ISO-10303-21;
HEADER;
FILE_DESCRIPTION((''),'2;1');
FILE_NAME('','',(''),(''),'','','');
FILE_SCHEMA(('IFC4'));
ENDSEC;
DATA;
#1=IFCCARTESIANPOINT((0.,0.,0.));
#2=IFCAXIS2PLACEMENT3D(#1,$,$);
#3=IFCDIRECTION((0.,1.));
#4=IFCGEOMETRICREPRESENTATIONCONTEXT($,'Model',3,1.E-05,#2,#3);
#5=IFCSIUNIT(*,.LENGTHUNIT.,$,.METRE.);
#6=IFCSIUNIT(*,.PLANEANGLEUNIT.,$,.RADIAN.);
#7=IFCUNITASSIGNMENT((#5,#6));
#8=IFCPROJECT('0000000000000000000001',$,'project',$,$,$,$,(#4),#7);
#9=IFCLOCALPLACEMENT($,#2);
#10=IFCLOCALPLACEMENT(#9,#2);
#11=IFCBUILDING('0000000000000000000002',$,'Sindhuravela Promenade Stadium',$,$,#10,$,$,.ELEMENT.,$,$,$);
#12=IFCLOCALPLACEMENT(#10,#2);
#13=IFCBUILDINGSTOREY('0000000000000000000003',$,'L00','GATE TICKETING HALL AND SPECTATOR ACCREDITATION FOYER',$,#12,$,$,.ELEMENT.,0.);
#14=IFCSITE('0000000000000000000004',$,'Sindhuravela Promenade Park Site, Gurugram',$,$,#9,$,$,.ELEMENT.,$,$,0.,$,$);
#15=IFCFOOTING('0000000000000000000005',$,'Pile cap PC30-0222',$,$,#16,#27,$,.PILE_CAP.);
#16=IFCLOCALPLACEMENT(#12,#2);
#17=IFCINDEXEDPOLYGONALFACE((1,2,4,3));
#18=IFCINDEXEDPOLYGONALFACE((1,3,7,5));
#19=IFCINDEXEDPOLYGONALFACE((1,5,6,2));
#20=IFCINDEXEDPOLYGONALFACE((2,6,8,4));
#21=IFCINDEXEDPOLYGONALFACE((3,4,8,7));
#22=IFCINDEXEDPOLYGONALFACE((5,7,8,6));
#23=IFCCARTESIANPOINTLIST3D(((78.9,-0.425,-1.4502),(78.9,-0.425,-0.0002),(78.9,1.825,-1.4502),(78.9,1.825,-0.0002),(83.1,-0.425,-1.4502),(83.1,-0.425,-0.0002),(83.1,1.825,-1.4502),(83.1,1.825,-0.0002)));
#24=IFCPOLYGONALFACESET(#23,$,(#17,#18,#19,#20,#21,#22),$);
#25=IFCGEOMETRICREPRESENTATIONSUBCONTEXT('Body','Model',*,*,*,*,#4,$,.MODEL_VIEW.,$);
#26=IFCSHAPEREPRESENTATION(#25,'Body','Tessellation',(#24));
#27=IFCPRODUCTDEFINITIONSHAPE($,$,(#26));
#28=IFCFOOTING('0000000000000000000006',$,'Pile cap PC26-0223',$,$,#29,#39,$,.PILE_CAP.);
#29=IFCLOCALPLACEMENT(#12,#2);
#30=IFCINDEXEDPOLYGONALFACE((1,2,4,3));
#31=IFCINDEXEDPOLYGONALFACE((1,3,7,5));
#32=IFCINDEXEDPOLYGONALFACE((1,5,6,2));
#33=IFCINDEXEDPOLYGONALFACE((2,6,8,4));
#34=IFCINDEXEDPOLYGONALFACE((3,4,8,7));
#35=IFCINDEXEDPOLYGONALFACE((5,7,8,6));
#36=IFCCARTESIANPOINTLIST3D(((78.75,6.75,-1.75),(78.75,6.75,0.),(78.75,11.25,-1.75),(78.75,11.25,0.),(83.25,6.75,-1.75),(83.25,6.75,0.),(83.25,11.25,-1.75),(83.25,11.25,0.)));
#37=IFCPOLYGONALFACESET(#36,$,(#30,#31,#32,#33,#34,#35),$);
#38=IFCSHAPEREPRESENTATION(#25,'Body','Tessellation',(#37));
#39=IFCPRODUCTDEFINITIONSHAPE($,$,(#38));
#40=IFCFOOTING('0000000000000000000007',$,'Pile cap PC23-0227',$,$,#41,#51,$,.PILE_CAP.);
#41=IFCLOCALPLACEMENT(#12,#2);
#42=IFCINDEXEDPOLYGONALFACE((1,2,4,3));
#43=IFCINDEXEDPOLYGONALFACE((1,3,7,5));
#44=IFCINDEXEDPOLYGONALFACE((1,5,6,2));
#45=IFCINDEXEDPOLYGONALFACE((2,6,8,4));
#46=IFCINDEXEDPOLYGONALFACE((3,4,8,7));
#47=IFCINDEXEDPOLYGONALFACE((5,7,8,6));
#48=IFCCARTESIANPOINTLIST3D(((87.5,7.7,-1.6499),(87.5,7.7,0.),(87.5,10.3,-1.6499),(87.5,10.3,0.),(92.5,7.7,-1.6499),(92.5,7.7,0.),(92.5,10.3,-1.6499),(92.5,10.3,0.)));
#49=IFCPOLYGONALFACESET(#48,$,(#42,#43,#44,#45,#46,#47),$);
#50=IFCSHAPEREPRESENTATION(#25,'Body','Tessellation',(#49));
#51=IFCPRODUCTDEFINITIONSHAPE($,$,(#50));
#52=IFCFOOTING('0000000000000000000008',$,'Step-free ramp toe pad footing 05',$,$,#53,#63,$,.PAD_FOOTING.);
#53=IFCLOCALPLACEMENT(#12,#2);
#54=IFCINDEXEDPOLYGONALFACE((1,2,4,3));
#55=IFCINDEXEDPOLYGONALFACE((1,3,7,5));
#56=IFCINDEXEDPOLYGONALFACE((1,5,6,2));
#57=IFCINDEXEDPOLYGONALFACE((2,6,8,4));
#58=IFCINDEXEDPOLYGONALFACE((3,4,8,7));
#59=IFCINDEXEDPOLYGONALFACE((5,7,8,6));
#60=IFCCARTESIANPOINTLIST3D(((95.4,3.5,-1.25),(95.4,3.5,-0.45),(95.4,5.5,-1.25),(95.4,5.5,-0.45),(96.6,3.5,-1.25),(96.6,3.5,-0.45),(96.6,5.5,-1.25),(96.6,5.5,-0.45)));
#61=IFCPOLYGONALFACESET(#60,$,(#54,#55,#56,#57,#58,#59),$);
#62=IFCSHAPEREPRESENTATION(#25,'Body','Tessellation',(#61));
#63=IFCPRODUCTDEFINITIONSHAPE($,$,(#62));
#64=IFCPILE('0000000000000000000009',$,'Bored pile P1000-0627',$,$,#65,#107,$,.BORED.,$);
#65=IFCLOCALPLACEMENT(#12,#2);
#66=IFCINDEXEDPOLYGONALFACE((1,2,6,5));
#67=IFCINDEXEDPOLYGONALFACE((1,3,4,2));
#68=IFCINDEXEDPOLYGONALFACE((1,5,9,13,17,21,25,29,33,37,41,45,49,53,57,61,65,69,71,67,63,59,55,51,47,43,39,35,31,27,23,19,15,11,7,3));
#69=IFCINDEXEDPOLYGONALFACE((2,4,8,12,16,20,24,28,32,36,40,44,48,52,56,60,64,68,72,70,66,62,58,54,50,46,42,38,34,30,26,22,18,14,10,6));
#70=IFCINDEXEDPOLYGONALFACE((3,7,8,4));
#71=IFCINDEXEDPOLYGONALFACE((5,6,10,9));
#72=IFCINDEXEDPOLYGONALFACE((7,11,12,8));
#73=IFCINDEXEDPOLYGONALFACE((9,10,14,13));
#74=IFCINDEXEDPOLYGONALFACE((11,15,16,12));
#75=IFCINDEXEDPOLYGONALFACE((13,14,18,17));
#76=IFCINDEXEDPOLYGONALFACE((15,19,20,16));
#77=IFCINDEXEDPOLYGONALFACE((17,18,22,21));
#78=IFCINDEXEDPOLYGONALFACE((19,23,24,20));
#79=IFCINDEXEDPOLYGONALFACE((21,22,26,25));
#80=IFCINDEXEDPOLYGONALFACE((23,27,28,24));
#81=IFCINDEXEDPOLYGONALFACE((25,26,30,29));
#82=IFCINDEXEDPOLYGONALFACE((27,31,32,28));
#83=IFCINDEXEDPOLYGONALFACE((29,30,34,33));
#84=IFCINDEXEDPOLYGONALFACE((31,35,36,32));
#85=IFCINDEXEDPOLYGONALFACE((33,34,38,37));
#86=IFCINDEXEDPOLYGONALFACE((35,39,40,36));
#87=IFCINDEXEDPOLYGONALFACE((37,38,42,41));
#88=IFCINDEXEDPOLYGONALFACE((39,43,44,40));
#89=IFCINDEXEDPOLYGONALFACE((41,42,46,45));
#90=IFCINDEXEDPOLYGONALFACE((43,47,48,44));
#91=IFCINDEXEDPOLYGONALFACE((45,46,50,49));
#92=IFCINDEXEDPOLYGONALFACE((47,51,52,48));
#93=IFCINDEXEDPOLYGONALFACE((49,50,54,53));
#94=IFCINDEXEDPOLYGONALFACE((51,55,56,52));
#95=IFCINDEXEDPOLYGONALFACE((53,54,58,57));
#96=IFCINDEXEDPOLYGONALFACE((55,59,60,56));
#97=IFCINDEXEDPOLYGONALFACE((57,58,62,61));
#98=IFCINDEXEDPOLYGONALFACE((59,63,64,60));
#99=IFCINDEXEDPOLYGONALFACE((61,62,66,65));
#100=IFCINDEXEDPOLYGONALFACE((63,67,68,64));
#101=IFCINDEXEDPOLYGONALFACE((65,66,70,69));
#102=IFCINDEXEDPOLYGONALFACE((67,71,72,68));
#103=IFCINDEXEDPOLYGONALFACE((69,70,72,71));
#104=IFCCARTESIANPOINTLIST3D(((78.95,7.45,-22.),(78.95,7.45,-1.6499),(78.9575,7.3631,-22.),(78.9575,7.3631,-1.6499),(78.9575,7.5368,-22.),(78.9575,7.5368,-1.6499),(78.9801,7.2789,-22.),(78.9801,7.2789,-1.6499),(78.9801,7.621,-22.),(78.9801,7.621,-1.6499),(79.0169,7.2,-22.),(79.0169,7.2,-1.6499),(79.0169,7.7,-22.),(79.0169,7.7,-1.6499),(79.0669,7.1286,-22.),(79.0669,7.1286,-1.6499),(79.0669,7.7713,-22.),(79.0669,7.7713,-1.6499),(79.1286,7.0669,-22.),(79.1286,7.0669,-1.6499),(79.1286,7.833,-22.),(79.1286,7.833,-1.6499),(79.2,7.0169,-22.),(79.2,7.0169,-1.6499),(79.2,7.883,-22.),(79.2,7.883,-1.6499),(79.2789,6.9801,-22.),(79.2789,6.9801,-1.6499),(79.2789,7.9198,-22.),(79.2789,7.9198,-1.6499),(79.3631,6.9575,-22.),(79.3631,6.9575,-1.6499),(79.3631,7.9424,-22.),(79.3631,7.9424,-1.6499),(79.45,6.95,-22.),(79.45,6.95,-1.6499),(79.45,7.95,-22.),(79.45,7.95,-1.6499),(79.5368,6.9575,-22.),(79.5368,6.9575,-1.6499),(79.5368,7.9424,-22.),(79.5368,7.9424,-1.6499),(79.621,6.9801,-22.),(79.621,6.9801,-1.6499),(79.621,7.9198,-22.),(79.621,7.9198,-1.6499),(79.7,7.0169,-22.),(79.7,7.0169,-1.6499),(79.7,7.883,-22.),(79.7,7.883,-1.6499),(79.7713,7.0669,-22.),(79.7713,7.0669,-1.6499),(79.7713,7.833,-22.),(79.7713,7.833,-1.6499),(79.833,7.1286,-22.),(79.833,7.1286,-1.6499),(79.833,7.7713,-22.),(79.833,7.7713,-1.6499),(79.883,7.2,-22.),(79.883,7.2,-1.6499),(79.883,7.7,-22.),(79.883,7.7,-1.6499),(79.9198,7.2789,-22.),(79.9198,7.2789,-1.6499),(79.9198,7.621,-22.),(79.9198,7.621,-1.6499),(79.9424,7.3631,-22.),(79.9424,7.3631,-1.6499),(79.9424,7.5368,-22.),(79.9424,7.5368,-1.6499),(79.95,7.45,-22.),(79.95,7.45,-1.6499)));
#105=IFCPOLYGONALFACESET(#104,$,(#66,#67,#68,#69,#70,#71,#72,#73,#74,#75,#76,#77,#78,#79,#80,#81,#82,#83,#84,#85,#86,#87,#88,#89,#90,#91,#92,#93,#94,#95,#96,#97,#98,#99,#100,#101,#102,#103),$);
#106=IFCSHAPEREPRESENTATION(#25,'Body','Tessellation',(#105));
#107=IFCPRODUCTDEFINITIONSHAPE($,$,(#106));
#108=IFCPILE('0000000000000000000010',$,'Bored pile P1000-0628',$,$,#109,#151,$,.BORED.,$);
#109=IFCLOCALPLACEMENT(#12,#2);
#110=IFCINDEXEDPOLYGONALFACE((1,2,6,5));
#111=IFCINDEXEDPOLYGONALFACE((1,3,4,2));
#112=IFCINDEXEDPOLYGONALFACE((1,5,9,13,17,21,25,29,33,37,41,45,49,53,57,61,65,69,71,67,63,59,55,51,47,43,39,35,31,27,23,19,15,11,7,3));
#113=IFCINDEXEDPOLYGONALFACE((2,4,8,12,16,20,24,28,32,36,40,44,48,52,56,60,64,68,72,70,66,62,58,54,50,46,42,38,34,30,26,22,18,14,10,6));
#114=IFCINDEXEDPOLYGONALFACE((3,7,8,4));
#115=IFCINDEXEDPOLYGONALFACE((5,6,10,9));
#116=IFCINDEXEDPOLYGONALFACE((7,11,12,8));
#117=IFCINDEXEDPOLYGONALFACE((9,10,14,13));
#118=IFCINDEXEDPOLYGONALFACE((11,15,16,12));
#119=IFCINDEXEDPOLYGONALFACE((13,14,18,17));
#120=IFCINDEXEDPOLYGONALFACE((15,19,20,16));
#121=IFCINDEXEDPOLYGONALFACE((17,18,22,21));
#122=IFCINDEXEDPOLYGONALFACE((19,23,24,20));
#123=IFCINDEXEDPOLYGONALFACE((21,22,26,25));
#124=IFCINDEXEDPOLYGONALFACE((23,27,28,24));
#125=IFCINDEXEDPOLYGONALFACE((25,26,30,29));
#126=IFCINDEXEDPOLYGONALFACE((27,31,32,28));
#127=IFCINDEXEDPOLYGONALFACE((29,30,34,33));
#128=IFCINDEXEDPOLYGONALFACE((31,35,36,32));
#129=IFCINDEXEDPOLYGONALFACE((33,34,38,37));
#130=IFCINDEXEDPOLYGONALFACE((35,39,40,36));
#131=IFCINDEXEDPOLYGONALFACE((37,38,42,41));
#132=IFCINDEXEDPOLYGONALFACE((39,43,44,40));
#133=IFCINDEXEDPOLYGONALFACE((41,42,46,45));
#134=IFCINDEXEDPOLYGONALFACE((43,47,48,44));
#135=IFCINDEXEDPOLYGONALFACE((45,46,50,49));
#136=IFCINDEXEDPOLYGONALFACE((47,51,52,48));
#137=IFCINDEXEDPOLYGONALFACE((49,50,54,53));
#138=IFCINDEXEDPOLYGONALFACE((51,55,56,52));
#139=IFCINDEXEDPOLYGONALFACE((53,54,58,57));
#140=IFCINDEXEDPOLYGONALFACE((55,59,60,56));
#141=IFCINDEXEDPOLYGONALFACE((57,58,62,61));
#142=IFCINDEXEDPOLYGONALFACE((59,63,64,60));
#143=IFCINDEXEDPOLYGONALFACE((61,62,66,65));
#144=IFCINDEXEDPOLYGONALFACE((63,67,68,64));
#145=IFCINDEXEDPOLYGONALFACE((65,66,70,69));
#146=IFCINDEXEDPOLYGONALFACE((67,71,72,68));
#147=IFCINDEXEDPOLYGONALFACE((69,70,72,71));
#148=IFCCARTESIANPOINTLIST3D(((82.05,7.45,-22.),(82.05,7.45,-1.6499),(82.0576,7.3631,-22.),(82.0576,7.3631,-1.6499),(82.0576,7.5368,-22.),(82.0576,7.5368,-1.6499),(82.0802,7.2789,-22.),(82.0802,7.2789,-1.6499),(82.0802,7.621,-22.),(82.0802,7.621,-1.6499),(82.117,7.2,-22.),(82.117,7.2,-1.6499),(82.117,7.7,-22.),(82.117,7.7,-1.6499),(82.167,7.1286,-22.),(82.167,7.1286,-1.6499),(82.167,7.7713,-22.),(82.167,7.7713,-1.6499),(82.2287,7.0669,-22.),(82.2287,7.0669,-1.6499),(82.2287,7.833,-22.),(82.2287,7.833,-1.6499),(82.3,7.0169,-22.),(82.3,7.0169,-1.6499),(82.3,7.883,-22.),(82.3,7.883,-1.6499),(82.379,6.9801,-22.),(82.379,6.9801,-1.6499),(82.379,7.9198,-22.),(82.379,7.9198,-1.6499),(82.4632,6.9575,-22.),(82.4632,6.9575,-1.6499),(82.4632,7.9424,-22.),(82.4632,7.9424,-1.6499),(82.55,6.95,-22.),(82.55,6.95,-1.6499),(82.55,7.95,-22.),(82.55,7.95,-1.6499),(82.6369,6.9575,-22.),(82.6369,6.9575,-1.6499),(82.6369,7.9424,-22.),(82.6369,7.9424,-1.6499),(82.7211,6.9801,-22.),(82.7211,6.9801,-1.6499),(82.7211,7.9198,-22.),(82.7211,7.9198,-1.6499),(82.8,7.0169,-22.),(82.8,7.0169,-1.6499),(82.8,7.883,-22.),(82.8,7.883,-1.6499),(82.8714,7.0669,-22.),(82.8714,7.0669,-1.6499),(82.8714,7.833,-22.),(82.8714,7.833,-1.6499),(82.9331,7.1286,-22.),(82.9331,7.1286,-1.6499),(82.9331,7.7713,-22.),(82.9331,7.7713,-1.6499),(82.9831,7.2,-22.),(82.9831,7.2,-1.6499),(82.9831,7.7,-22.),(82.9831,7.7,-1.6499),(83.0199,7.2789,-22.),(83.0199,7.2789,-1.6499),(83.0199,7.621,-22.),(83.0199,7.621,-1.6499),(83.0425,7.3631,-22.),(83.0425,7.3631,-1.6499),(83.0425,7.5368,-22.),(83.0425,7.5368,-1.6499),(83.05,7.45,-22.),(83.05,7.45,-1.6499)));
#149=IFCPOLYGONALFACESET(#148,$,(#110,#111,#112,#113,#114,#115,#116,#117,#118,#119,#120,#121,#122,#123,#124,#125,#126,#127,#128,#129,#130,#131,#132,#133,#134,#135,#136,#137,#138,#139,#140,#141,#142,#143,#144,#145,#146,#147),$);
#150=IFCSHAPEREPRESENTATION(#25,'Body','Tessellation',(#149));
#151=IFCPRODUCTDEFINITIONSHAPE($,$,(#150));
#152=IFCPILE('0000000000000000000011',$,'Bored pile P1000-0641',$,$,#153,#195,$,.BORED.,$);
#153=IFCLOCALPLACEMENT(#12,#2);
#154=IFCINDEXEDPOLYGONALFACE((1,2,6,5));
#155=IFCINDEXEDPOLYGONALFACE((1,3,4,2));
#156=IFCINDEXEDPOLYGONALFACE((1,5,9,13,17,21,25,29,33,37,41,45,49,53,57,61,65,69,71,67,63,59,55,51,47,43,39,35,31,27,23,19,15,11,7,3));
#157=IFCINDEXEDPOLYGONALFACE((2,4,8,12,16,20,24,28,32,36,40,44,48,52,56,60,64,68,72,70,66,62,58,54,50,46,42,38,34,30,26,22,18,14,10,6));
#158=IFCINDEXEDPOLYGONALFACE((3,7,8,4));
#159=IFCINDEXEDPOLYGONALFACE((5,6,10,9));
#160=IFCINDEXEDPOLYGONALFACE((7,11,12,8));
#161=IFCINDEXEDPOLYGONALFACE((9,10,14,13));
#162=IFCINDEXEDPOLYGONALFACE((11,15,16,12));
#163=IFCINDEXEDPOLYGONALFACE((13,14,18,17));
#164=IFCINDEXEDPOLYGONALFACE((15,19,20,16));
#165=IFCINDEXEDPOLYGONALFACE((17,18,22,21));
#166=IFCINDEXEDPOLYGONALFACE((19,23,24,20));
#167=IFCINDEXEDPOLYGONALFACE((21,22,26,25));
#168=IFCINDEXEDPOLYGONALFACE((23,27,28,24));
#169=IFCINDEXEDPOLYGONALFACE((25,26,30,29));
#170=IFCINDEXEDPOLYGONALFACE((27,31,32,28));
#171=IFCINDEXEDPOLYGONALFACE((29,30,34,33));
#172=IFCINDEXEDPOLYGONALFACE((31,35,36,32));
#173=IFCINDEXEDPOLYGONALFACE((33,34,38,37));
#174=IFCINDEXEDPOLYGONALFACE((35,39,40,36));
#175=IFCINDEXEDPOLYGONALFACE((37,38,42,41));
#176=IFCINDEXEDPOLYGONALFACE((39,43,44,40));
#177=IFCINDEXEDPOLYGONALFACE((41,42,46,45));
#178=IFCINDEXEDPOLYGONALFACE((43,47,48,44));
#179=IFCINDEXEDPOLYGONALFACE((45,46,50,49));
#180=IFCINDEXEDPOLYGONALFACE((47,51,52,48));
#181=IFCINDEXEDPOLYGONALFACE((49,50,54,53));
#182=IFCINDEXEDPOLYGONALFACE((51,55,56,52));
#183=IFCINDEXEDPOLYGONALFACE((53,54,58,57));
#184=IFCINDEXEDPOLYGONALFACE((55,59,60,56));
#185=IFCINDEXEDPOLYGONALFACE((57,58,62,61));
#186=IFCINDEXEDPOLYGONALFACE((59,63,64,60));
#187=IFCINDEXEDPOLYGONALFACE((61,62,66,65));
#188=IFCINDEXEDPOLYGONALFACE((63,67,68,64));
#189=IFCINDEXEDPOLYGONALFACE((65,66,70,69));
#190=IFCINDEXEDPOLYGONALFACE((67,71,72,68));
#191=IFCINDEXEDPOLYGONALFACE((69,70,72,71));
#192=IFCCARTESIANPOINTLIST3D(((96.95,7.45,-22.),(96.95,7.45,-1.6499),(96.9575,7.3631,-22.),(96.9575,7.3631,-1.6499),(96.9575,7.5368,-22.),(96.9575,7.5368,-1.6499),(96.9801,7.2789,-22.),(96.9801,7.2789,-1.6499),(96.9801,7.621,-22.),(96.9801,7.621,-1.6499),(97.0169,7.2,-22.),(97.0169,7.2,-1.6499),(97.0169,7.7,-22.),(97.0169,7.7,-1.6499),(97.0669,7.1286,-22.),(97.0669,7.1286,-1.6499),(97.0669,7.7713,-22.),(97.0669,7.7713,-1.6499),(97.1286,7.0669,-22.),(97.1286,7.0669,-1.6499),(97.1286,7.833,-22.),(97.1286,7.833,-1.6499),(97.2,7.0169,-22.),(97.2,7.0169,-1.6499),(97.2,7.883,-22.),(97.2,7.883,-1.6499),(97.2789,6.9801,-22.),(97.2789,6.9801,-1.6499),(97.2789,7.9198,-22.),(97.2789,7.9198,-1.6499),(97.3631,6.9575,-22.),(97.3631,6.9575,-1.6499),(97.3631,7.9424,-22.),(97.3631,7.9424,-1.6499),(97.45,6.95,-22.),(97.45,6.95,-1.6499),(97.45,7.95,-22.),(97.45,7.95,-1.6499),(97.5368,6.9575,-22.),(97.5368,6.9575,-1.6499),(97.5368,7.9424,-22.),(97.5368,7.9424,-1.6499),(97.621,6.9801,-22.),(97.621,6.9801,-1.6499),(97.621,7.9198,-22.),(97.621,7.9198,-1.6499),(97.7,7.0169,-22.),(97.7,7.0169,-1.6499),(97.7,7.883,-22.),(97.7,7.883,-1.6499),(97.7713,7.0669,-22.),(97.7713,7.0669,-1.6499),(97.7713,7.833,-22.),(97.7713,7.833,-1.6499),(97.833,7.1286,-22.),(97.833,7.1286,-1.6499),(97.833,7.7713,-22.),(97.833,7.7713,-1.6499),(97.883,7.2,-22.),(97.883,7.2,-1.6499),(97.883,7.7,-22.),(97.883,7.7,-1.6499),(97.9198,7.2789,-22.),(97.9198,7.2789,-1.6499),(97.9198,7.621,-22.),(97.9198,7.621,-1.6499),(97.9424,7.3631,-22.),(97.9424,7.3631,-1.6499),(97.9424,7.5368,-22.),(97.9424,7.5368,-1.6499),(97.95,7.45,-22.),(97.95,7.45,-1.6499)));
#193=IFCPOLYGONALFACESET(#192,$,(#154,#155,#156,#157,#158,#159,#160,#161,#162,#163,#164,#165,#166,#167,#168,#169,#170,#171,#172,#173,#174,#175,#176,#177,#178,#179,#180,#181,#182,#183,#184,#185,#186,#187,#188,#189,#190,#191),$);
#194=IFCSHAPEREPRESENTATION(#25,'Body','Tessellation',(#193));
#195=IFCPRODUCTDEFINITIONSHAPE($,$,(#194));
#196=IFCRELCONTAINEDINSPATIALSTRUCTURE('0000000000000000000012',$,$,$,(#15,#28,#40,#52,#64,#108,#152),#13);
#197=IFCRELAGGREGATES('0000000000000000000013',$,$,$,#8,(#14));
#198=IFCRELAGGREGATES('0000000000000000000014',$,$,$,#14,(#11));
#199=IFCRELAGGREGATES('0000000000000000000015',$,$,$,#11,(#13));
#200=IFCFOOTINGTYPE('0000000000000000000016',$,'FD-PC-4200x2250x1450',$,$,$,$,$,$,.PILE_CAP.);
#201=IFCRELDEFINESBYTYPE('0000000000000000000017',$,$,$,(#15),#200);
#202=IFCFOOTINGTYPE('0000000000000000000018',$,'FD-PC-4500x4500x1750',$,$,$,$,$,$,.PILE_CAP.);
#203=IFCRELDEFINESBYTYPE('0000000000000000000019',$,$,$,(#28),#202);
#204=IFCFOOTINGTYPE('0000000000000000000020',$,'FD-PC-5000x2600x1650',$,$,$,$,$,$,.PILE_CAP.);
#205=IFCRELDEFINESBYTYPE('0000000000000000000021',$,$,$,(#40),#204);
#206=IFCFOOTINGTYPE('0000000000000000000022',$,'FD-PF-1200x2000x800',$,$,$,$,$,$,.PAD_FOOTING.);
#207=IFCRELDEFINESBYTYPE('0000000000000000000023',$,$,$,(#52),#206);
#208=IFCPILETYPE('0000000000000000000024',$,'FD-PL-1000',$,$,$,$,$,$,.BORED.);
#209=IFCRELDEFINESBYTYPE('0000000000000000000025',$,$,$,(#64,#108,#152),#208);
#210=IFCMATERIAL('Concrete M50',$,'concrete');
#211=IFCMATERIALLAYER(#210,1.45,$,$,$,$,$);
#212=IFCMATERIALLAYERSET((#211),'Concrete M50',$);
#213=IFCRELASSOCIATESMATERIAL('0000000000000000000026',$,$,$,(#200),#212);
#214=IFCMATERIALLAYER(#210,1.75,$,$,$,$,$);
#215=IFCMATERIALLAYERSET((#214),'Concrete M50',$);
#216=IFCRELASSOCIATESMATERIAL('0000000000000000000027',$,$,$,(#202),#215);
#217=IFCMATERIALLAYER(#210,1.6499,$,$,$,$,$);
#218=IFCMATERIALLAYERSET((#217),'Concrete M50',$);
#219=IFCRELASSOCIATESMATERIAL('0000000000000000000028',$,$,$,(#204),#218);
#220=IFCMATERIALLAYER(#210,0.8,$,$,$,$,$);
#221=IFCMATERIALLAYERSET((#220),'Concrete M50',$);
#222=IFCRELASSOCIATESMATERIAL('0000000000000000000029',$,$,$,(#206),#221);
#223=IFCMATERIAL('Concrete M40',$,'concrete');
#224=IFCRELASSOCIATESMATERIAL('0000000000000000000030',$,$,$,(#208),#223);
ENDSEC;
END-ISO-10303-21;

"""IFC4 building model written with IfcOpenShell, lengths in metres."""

from ifc_helpers import new_model, si_unit, direction, frame, origin, origin_2d, place, context, subcontext, project, spatial, rectangle, circle, extrude, material, layer, layer_set, material_profile, profile_set, type_object, element, save


model = new_model("IFC4")

# Units and contexts
model_context = context("Model", 3, precision=1e-05, world=origin(), true_north=direction((0.0, 1.0)))
body_context = subcontext(model_context, "Body", "Model", "MODEL_VIEW")
ifc_project = project(units=[si_unit("LENGTHUNIT", "METRE"), si_unit("PLANEANGLEUNIT", "RADIAN")], contexts=[model_context])

# Site, building, storey
site_placement = place(None, origin())
site = spatial("IfcSite", under=ifc_project, at=site_placement, Name="Sindhuravela Promenade Park Site, Gurugram", CompositionType="ELEMENT", RefElevation=0.0)
building_placement = place(site_placement, origin())
building = spatial("IfcBuilding", under=site, at=building_placement, Name="Sindhuravela Promenade Stadium", CompositionType="ELEMENT")
storey_placement = place(building_placement, origin())
storey = spatial("IfcBuildingStorey", under=building, at=storey_placement, Name="L00", Description="GATE TICKETING HALL AND SPECTATOR ACCREDITATION FOYER", CompositionType="ELEMENT", Elevation=0.0)

# Footings
ifc_material_1 = material(Name="Concrete M50", Category="concrete")
ifc_layer_1 = layer(ifc_material_1, 1.45)
ifc_layer_set_1 = layer_set([ifc_layer_1], Name="Concrete M50")
footing_type_1 = type_object("IfcFootingType", Name="FD-PC-4200x2250x1450", PredefinedType="PILE_CAP", material=ifc_layer_set_1)
footing_1_placement = place(storey_placement, frame((81.0, 0.7, -1.4502), z_axis=(0.0, 0.0, 1.0), x_axis=(1.0, 0.0, 0.0)))
element("IfcFooting", 1, at=footing_1_placement, inside=storey, type_object=footing_type_1, Name="Pile cap PC30-0222", PredefinedType="PILE_CAP", context=body_context, shape_type="SweptSolid", body=[
    extrude(rectangle(XDim=4.2, YDim=2.25, at=origin_2d()), origin(), (0.0, 0.0, 1.0), 1.45),
])
ifc_layer_2 = layer(ifc_material_1, 1.75)
ifc_layer_set_2 = layer_set([ifc_layer_2], Name="Concrete M50")
footing_type_2 = type_object("IfcFootingType", Name="FD-PC-4500x4500x1750", PredefinedType="PILE_CAP", material=ifc_layer_set_2)
footing_2_placement = place(storey_placement, frame((81.0, 9.0, -1.75), z_axis=(0.0, 0.0, 1.0), x_axis=(1.0, 0.0, 0.0)))
element("IfcFooting", 2, at=footing_2_placement, inside=storey, type_object=footing_type_2, Name="Pile cap PC26-0223", PredefinedType="PILE_CAP", context=body_context, shape_type="SweptSolid", body=[
    extrude(rectangle(XDim=4.5, YDim=4.5, at=origin_2d()), origin(), (0.0, 0.0, 1.0), 1.75),
])
ifc_layer_3 = layer(ifc_material_1, 1.6499)
ifc_layer_set_3 = layer_set([ifc_layer_3], Name="Concrete M50")
footing_type_3 = type_object("IfcFootingType", Name="FD-PC-5000x2600x1650", PredefinedType="PILE_CAP", material=ifc_layer_set_3)
footing_3_placement = place(storey_placement, frame((90.0, 9.0, -1.6499), z_axis=(0.0, 0.0, 1.0), x_axis=(1.0, 0.0, 0.0)))
element("IfcFooting", 3, at=footing_3_placement, inside=storey, type_object=footing_type_3, Name="Pile cap PC23-0227", PredefinedType="PILE_CAP", context=body_context, shape_type="SweptSolid", body=[
    extrude(rectangle(XDim=5.0, YDim=2.6001, at=origin_2d()), origin(), (0.0, 0.0, 1.0), 1.6499),
])
ifc_layer_4 = layer(ifc_material_1, 0.8)
ifc_layer_set_4 = layer_set([ifc_layer_4], Name="Concrete M50")
footing_type_4 = type_object("IfcFootingType", Name="FD-PF-1200x2000x800", PredefinedType="PAD_FOOTING", material=ifc_layer_set_4)
footing_4_placement = place(storey_placement, frame((96.0, 4.5, -1.25), z_axis=(0.0, 0.0, 1.0), x_axis=(1.0, 0.0, 0.0)))
element("IfcFooting", 4, at=footing_4_placement, inside=storey, type_object=footing_type_4, Name="Step-free ramp toe pad footing 05", PredefinedType="PAD_FOOTING", context=body_context, shape_type="SweptSolid", body=[
    extrude(rectangle(XDim=1.2, YDim=2.0, at=origin_2d()), origin(), (0.0, 0.0, 1.0), 0.8),
])

# Piles
ifc_material_2 = material(Name="Concrete M40", Category="concrete")
ifc_material_profile_1 = material_profile(ifc_material_2, circle(Radius=0.5, at=origin_2d()), Name="BORED PILE D1000")
ifc_profile_set_1 = profile_set([ifc_material_profile_1], Name="Concrete M40")
pile_type_1 = type_object("IfcPileType", Name="FD-PL-1000", PredefinedType="BORED", material=ifc_profile_set_1)
for number, where, z_axis, x_axis, name in (
    (5, (79.45, 7.45, -1.6499), (0.0, 0.0, -1.0), (1.0, 0.0, 0.0), "Bored pile P1000-0627"),
    (6, (82.55, 7.45, -1.6499), (0.0, 0.0, -1.0), (1.0, 0.0, 0.0), "Bored pile P1000-0628"),
    (7, (97.45, 7.45, -1.6499), (0.0, 0.0, -1.0), (1.0, 0.0, 0.0), "Bored pile P1000-0641"),
):
    element("IfcPile", number, at=place(storey_placement, frame(where, z_axis=z_axis, x_axis=x_axis)), inside=storey, type_object=pile_type_1, Name=name, PredefinedType="BORED", context=body_context, shape_type="SweptSolid", body=[
        extrude(circle(Radius=0.5, at=origin_2d()), origin(), (0.0, 0.0, 1.0), 20.3501),
    ])

save(model, "model.ifc")
